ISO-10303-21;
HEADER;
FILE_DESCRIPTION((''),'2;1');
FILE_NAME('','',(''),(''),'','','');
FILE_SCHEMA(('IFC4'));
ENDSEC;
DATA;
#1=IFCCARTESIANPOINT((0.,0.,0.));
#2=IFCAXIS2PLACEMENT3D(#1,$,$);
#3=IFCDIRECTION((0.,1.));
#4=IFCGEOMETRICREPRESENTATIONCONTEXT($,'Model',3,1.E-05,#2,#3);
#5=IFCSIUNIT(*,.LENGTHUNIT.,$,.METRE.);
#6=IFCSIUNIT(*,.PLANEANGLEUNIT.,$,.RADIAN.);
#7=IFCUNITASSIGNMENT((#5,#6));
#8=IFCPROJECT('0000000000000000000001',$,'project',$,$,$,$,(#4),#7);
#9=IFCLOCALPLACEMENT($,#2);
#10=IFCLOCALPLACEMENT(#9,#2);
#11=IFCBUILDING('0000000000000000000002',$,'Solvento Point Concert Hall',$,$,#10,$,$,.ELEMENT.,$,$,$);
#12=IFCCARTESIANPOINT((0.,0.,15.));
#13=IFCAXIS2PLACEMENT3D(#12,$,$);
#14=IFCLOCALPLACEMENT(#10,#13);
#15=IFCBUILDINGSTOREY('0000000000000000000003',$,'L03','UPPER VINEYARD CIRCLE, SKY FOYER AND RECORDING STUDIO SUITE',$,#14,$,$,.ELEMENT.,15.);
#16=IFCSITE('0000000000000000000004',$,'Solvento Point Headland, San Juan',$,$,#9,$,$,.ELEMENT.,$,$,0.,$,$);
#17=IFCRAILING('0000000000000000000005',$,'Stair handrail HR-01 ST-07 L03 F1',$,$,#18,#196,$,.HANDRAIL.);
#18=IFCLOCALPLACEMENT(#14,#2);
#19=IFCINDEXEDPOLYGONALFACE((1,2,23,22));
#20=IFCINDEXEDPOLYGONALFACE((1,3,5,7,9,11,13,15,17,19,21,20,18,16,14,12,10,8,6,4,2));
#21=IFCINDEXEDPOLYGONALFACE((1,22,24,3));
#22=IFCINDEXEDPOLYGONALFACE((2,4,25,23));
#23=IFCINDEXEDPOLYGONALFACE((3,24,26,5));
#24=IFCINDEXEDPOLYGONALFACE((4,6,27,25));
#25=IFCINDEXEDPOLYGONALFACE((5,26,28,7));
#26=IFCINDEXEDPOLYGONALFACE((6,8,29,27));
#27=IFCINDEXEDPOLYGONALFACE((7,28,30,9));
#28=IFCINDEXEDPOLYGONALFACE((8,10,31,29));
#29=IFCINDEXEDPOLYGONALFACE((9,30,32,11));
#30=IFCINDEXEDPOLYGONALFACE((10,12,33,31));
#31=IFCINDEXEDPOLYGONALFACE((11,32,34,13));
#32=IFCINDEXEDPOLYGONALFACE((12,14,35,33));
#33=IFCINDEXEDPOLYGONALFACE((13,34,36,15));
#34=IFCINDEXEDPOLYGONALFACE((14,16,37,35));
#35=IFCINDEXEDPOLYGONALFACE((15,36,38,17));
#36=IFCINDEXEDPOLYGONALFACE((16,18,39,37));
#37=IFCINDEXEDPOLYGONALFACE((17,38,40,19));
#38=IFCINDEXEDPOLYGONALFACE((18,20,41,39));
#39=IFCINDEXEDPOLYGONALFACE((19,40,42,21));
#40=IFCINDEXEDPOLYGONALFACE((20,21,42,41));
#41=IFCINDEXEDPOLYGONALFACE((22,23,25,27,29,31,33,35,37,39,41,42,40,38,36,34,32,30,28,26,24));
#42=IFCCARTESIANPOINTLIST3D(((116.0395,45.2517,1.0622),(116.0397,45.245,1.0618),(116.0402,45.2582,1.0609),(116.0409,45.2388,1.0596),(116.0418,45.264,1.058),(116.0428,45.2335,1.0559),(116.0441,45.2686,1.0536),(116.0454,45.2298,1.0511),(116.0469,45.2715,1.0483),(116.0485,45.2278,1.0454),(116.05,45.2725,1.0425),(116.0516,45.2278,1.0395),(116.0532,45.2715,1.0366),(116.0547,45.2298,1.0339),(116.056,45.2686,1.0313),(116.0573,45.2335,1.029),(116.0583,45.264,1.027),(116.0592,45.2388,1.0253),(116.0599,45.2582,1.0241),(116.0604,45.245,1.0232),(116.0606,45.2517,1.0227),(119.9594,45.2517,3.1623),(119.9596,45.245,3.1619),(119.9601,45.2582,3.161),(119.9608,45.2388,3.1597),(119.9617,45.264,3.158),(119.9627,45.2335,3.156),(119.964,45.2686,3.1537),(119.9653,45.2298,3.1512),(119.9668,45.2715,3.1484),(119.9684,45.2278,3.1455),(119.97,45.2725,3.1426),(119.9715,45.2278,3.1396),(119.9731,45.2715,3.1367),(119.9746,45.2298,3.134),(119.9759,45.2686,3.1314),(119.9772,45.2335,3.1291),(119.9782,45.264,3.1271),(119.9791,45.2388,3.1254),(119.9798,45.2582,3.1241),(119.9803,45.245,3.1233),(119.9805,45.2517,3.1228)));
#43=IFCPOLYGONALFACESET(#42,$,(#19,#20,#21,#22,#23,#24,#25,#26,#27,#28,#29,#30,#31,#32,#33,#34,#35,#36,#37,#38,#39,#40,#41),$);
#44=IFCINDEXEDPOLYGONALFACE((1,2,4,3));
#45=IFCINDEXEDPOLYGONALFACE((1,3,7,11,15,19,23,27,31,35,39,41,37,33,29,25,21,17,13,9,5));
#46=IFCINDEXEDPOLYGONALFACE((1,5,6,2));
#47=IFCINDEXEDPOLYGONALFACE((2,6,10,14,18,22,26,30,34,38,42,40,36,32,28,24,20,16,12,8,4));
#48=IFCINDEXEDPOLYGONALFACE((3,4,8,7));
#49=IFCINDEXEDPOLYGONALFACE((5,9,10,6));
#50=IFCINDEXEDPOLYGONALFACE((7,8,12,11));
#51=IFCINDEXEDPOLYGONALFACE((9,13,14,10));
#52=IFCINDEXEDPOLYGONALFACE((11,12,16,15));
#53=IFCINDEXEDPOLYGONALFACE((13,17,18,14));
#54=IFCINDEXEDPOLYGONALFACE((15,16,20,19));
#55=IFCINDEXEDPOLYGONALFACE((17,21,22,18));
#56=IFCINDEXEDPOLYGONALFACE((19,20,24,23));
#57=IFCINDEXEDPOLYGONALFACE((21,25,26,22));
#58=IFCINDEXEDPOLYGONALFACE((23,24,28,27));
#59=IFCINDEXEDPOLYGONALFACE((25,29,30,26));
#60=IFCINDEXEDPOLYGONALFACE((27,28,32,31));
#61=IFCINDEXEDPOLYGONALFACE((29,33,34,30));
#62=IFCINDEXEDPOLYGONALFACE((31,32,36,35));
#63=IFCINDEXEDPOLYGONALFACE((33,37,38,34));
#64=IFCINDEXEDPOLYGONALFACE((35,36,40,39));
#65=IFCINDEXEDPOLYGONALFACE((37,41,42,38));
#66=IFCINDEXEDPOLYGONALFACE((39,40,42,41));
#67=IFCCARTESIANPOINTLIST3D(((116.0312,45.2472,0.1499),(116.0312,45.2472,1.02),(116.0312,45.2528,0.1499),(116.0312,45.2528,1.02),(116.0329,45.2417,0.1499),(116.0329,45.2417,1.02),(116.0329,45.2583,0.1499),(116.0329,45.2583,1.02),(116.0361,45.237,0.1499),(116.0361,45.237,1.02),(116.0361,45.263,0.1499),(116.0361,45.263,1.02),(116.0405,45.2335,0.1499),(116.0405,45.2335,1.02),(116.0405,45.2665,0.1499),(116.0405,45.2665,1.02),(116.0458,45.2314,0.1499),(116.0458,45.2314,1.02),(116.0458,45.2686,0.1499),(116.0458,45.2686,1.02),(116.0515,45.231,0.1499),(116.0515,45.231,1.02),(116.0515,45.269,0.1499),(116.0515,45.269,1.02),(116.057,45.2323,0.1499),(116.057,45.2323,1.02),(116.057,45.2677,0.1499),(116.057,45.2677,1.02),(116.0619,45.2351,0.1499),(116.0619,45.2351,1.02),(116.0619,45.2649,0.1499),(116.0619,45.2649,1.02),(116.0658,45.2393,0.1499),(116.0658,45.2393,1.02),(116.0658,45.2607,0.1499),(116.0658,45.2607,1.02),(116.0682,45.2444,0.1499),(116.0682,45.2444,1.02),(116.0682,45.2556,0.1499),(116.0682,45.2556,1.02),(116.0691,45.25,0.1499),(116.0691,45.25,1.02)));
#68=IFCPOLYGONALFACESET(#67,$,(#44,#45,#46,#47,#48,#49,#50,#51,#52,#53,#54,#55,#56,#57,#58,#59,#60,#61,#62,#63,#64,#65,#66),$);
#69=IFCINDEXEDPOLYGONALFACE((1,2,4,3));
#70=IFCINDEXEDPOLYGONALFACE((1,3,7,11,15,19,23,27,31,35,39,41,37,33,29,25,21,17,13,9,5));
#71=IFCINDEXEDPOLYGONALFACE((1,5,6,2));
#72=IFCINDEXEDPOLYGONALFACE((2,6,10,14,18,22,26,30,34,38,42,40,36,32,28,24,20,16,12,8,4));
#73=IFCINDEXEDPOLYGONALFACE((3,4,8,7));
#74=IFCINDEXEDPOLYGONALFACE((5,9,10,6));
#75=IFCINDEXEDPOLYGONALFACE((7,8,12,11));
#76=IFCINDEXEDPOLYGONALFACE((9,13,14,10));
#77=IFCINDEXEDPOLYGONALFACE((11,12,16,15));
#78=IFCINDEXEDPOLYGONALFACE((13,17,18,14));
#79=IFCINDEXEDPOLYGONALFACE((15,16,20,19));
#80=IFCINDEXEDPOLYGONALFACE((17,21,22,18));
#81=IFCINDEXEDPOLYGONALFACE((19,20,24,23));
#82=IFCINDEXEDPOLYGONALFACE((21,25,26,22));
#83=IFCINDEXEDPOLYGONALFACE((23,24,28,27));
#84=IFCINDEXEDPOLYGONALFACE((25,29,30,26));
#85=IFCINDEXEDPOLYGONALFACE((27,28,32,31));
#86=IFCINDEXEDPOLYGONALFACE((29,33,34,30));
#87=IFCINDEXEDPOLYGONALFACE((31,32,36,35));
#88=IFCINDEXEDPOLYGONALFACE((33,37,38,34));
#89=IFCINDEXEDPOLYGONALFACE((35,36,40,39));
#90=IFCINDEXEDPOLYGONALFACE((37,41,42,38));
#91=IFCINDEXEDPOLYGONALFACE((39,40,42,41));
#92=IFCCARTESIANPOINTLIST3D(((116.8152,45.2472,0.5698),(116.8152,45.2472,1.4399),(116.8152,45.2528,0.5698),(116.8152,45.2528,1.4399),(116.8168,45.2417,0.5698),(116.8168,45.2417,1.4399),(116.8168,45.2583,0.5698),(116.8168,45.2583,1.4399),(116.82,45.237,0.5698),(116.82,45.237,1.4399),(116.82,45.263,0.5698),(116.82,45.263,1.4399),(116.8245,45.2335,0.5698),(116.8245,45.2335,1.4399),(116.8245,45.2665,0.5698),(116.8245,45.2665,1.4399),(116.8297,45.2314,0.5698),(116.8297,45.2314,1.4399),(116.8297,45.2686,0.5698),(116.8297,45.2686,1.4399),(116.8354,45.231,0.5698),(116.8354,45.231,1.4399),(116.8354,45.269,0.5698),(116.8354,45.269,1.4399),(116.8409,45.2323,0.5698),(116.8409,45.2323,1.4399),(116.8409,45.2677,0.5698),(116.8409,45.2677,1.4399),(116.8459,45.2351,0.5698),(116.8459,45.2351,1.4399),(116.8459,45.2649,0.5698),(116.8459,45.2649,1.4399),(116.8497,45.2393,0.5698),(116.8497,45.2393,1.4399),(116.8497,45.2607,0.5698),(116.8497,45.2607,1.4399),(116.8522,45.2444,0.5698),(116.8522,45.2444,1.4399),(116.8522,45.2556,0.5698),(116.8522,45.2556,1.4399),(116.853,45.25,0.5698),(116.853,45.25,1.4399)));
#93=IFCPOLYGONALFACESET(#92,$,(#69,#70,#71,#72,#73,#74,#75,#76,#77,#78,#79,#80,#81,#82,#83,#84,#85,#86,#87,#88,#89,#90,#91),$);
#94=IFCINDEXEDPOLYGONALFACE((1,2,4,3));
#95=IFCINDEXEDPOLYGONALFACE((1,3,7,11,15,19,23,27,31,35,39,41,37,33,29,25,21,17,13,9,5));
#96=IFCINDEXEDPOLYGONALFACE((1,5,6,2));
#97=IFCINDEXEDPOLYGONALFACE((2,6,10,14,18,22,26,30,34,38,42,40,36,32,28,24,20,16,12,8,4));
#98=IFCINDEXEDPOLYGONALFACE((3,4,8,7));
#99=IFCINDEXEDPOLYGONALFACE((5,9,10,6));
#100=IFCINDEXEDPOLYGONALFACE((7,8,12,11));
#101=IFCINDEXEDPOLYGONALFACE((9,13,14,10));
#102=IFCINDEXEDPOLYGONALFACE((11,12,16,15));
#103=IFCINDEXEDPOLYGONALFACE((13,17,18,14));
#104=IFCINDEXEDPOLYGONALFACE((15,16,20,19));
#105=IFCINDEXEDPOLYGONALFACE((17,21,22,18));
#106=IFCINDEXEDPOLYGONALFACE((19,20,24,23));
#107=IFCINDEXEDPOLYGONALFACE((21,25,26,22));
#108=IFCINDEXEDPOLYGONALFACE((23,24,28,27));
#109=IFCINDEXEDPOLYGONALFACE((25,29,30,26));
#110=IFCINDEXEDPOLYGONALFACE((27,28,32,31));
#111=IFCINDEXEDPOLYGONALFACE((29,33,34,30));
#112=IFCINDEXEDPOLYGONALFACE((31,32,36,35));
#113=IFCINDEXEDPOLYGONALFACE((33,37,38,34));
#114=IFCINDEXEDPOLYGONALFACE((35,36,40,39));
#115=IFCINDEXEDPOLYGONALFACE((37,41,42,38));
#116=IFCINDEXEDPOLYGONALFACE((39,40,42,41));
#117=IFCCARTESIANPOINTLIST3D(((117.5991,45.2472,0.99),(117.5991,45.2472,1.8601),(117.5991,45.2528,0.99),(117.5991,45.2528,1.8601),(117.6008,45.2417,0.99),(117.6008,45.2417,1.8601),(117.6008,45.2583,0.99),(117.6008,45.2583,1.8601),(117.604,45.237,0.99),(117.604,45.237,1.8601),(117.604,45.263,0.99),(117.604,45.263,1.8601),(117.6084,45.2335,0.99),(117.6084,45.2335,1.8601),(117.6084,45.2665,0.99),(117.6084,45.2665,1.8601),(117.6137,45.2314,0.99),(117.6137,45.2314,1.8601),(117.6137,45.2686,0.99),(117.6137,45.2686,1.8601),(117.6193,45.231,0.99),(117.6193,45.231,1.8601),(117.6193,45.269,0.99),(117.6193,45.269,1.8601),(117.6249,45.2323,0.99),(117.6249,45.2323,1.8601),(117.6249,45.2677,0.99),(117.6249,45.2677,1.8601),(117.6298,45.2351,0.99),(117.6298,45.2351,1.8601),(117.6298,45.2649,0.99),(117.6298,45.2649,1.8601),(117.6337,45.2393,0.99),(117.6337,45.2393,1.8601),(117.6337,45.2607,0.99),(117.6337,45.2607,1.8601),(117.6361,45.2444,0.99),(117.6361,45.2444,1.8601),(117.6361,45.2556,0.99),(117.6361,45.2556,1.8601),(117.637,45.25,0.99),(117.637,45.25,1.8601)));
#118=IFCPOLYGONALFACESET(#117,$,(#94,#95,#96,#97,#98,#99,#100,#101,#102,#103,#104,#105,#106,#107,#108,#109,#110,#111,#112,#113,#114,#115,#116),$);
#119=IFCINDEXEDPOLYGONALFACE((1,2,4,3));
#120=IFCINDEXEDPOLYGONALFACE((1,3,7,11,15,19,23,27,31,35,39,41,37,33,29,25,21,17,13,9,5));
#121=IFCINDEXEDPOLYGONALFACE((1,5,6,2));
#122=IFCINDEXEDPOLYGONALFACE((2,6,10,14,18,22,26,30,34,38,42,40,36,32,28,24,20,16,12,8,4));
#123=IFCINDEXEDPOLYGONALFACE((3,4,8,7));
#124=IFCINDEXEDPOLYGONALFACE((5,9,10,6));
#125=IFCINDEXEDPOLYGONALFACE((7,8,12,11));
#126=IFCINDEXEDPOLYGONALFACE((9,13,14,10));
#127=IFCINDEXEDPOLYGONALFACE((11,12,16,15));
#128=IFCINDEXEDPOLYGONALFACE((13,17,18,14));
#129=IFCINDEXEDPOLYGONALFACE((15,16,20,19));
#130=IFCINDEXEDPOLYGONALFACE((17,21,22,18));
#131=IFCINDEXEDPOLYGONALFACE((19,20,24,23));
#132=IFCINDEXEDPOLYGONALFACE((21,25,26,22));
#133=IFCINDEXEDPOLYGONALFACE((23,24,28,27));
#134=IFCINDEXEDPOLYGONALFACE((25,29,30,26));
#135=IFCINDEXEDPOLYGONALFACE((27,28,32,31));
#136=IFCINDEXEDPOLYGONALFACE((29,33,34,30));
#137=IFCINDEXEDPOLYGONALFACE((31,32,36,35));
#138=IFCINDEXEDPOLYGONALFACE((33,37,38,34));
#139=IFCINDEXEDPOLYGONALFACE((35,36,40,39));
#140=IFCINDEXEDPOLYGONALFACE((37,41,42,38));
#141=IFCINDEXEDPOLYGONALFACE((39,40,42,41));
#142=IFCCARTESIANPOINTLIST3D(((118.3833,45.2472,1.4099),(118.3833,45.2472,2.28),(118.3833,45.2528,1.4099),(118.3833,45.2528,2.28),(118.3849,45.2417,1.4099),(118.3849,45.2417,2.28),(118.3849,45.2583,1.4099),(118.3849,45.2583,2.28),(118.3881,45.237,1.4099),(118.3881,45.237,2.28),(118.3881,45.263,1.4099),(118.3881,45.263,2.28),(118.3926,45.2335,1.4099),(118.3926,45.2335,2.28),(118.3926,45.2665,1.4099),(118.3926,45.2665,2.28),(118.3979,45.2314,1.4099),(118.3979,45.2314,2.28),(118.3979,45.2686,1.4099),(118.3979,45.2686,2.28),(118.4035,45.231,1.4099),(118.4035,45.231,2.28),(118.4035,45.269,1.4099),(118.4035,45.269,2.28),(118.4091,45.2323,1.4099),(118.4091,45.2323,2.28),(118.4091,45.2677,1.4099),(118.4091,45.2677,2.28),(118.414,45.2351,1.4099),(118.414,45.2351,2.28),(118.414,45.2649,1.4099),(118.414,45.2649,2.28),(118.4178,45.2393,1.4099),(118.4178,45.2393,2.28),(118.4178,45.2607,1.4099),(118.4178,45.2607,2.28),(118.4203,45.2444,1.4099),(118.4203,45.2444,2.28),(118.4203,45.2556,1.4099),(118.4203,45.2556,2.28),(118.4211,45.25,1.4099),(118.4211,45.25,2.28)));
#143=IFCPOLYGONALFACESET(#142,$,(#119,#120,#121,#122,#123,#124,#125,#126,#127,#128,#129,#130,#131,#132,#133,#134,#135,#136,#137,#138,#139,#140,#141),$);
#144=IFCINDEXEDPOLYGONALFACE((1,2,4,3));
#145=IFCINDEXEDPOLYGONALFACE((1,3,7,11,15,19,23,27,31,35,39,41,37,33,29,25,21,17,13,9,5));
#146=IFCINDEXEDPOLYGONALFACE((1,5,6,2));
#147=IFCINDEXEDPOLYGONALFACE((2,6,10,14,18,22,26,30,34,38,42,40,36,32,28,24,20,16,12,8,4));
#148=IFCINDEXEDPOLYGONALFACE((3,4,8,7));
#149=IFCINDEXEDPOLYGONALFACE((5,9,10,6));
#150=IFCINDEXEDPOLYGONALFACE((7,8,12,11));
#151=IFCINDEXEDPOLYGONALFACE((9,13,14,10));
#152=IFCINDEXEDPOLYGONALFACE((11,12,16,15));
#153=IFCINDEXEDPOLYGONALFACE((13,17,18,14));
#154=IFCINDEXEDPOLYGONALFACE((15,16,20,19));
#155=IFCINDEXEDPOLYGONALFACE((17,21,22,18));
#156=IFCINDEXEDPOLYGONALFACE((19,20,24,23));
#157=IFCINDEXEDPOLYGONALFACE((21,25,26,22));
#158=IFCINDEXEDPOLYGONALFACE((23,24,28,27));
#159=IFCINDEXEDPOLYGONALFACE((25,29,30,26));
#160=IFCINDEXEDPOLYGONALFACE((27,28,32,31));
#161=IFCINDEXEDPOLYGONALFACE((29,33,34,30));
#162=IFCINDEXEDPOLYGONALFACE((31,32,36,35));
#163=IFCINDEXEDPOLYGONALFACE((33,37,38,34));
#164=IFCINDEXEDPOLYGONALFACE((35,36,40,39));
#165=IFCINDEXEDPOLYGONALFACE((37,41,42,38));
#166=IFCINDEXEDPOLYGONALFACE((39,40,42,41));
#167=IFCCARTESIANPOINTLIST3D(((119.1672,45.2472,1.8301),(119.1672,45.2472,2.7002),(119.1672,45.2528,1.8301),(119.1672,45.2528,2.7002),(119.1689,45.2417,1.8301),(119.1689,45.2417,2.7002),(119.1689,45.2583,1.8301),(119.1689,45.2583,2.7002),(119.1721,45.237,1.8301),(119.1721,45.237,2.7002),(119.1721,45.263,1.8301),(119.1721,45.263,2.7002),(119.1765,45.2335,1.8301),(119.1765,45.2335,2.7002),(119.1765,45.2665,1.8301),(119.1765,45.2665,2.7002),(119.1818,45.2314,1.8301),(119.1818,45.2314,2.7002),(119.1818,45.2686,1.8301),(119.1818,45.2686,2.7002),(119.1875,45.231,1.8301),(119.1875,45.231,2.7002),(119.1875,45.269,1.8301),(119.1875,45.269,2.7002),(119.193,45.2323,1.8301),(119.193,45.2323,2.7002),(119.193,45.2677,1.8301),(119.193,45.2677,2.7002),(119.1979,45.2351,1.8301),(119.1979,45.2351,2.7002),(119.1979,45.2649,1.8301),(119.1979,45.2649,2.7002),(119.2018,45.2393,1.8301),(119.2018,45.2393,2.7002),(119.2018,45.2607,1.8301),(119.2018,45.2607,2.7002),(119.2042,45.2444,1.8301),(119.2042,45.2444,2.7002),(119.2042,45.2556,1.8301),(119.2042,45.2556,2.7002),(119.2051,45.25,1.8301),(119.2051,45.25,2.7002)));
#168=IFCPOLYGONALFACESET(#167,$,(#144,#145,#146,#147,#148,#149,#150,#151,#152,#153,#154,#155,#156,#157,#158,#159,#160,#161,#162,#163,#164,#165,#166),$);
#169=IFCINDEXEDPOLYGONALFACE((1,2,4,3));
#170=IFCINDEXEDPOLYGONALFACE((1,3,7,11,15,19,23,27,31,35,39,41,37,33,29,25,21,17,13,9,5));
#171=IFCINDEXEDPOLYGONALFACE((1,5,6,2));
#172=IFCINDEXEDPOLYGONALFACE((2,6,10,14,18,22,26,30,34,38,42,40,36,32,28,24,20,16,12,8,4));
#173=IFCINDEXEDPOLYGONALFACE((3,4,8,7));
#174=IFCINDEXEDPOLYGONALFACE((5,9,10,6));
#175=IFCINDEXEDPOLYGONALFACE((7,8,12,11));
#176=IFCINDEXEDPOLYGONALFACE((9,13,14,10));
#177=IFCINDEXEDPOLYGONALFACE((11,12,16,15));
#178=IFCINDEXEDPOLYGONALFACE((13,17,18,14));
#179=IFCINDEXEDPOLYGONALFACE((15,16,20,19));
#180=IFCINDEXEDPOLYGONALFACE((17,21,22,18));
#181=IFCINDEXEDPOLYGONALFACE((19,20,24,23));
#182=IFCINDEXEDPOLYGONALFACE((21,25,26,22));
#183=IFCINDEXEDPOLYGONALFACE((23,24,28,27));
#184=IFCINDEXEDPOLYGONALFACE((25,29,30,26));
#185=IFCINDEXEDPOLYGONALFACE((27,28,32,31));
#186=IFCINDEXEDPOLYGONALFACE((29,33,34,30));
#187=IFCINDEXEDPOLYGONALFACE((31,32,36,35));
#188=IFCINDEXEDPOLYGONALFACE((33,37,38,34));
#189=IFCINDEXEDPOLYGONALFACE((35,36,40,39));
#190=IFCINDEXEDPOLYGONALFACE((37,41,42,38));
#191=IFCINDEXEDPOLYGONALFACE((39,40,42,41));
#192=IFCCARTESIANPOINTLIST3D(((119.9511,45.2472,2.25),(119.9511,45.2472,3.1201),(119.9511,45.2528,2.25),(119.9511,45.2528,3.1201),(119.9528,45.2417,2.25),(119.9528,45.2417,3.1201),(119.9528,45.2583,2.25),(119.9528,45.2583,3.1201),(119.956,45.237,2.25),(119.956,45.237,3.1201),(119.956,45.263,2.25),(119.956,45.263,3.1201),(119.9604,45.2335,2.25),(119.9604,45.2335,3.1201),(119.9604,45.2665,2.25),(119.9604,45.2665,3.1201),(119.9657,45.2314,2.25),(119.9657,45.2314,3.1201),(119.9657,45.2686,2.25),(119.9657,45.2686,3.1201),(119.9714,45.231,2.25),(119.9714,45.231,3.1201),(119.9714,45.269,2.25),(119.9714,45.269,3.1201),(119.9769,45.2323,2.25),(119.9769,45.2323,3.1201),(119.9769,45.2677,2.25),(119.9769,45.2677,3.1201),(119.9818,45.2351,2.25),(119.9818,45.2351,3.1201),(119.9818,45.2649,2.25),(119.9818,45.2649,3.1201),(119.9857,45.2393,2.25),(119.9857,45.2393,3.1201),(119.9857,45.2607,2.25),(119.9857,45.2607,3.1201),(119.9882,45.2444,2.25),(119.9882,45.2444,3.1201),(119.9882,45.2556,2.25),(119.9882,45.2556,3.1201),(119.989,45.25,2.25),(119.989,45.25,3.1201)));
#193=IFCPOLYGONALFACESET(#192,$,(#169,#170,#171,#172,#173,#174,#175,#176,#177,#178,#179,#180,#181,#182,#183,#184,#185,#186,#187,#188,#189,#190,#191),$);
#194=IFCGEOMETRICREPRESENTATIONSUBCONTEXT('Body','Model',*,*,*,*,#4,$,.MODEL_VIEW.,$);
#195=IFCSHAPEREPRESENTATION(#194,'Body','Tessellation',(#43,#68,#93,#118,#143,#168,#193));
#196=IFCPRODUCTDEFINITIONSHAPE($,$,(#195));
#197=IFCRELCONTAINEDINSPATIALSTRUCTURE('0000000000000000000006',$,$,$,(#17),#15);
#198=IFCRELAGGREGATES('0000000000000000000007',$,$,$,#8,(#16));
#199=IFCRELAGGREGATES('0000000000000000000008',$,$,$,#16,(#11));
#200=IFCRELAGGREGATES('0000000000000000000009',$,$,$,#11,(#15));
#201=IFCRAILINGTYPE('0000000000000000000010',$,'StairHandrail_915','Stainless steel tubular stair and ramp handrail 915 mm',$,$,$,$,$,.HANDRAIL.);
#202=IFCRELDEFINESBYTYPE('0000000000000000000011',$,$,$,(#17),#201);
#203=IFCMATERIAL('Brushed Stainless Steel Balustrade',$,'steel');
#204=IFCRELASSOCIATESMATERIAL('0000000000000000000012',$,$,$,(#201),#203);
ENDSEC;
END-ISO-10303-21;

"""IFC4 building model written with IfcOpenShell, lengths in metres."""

from ifc_helpers import new_model, si_unit, direction, frame, origin, origin_2d, place, context, subcontext, project, spatial, circle, extrude, material, type_object, element, save


model = new_model("IFC4")

# Units and contexts
model_context = context("Model", 3, precision=1e-05, world=origin(), true_north=direction((0.0, 1.0)))
body_context = subcontext(model_context, "Body", "Model", "MODEL_VIEW")
ifc_project = project(units=[si_unit("LENGTHUNIT", "METRE"), si_unit("PLANEANGLEUNIT", "RADIAN")], contexts=[model_context])

# Site, building, storey
site_placement = place(None, origin())
site = spatial("IfcSite", under=ifc_project, at=site_placement, Name="Solvento Point Headland, San Juan", CompositionType="ELEMENT", RefElevation=0.0)
building_placement = place(site_placement, origin())
building = spatial("IfcBuilding", under=site, at=building_placement, Name="Solvento Point Concert Hall", CompositionType="ELEMENT")
storey_placement = place(building_placement, frame((0.0, 0.0, 15.0)))
storey = spatial("IfcBuildingStorey", under=building, at=storey_placement, Name="L03", Description="UPPER VINEYARD CIRCLE, SKY FOYER AND RECORDING STUDIO SUITE", CompositionType="ELEMENT", Elevation=15.0)

# Railing
ifc_material_1 = material(Name="Brushed Stainless Steel Balustrade", Category="steel")
railing_type_1 = type_object("IfcRailingType", Name="StairHandrail_915", Description="Stainless steel tubular stair and ramp handrail 915 mm", PredefinedType="HANDRAIL", material=ifc_material_1)
railing_1_placement = place(storey_placement, frame((116.05, 45.25, 0.1499)))
element("IfcRailing", 1, at=railing_1_placement, inside=storey, type_object=railing_type_1, Name="Stair handrail HR-01 ST-07 L03 F1", PredefinedType="HANDRAIL", context=body_context, shape_type="SweptSolid", body=[
    extrude(circle(Radius=0.0225, at=origin_2d()), frame((0.0, 0.0, 0.8926), z_axis=(0.881467, 0.0, 0.472246), x_axis=(0.0, 1.0, 0.0)), (0.0, 0.0, 1.0), 4.447),
    extrude(circle(Radius=0.019, at=origin_2d()), origin(), (0.0, 0.0, 1.0), 0.8701),
    extrude(circle(Radius=0.019, at=origin_2d()), frame((0.7839, 0.0, 0.4199)), (0.0, 0.0, 1.0), 0.8701),
    extrude(circle(Radius=0.019, at=origin_2d()), frame((1.5679, 0.0, 0.8401)), (0.0, 0.0, 1.0), 0.8701),
    extrude(circle(Radius=0.019, at=origin_2d()), frame((2.3521, 0.0, 1.26)), (0.0, 0.0, 1.0), 0.8701),
    extrude(circle(Radius=0.019, at=origin_2d()), frame((3.136, 0.0, 1.6802)), (0.0, 0.0, 1.0), 0.8701),
    extrude(circle(Radius=0.019, at=origin_2d()), frame((3.9199, 0.0, 2.1001)), (0.0, 0.0, 1.0), 0.8701),
])

save(model, "model.ifc")
